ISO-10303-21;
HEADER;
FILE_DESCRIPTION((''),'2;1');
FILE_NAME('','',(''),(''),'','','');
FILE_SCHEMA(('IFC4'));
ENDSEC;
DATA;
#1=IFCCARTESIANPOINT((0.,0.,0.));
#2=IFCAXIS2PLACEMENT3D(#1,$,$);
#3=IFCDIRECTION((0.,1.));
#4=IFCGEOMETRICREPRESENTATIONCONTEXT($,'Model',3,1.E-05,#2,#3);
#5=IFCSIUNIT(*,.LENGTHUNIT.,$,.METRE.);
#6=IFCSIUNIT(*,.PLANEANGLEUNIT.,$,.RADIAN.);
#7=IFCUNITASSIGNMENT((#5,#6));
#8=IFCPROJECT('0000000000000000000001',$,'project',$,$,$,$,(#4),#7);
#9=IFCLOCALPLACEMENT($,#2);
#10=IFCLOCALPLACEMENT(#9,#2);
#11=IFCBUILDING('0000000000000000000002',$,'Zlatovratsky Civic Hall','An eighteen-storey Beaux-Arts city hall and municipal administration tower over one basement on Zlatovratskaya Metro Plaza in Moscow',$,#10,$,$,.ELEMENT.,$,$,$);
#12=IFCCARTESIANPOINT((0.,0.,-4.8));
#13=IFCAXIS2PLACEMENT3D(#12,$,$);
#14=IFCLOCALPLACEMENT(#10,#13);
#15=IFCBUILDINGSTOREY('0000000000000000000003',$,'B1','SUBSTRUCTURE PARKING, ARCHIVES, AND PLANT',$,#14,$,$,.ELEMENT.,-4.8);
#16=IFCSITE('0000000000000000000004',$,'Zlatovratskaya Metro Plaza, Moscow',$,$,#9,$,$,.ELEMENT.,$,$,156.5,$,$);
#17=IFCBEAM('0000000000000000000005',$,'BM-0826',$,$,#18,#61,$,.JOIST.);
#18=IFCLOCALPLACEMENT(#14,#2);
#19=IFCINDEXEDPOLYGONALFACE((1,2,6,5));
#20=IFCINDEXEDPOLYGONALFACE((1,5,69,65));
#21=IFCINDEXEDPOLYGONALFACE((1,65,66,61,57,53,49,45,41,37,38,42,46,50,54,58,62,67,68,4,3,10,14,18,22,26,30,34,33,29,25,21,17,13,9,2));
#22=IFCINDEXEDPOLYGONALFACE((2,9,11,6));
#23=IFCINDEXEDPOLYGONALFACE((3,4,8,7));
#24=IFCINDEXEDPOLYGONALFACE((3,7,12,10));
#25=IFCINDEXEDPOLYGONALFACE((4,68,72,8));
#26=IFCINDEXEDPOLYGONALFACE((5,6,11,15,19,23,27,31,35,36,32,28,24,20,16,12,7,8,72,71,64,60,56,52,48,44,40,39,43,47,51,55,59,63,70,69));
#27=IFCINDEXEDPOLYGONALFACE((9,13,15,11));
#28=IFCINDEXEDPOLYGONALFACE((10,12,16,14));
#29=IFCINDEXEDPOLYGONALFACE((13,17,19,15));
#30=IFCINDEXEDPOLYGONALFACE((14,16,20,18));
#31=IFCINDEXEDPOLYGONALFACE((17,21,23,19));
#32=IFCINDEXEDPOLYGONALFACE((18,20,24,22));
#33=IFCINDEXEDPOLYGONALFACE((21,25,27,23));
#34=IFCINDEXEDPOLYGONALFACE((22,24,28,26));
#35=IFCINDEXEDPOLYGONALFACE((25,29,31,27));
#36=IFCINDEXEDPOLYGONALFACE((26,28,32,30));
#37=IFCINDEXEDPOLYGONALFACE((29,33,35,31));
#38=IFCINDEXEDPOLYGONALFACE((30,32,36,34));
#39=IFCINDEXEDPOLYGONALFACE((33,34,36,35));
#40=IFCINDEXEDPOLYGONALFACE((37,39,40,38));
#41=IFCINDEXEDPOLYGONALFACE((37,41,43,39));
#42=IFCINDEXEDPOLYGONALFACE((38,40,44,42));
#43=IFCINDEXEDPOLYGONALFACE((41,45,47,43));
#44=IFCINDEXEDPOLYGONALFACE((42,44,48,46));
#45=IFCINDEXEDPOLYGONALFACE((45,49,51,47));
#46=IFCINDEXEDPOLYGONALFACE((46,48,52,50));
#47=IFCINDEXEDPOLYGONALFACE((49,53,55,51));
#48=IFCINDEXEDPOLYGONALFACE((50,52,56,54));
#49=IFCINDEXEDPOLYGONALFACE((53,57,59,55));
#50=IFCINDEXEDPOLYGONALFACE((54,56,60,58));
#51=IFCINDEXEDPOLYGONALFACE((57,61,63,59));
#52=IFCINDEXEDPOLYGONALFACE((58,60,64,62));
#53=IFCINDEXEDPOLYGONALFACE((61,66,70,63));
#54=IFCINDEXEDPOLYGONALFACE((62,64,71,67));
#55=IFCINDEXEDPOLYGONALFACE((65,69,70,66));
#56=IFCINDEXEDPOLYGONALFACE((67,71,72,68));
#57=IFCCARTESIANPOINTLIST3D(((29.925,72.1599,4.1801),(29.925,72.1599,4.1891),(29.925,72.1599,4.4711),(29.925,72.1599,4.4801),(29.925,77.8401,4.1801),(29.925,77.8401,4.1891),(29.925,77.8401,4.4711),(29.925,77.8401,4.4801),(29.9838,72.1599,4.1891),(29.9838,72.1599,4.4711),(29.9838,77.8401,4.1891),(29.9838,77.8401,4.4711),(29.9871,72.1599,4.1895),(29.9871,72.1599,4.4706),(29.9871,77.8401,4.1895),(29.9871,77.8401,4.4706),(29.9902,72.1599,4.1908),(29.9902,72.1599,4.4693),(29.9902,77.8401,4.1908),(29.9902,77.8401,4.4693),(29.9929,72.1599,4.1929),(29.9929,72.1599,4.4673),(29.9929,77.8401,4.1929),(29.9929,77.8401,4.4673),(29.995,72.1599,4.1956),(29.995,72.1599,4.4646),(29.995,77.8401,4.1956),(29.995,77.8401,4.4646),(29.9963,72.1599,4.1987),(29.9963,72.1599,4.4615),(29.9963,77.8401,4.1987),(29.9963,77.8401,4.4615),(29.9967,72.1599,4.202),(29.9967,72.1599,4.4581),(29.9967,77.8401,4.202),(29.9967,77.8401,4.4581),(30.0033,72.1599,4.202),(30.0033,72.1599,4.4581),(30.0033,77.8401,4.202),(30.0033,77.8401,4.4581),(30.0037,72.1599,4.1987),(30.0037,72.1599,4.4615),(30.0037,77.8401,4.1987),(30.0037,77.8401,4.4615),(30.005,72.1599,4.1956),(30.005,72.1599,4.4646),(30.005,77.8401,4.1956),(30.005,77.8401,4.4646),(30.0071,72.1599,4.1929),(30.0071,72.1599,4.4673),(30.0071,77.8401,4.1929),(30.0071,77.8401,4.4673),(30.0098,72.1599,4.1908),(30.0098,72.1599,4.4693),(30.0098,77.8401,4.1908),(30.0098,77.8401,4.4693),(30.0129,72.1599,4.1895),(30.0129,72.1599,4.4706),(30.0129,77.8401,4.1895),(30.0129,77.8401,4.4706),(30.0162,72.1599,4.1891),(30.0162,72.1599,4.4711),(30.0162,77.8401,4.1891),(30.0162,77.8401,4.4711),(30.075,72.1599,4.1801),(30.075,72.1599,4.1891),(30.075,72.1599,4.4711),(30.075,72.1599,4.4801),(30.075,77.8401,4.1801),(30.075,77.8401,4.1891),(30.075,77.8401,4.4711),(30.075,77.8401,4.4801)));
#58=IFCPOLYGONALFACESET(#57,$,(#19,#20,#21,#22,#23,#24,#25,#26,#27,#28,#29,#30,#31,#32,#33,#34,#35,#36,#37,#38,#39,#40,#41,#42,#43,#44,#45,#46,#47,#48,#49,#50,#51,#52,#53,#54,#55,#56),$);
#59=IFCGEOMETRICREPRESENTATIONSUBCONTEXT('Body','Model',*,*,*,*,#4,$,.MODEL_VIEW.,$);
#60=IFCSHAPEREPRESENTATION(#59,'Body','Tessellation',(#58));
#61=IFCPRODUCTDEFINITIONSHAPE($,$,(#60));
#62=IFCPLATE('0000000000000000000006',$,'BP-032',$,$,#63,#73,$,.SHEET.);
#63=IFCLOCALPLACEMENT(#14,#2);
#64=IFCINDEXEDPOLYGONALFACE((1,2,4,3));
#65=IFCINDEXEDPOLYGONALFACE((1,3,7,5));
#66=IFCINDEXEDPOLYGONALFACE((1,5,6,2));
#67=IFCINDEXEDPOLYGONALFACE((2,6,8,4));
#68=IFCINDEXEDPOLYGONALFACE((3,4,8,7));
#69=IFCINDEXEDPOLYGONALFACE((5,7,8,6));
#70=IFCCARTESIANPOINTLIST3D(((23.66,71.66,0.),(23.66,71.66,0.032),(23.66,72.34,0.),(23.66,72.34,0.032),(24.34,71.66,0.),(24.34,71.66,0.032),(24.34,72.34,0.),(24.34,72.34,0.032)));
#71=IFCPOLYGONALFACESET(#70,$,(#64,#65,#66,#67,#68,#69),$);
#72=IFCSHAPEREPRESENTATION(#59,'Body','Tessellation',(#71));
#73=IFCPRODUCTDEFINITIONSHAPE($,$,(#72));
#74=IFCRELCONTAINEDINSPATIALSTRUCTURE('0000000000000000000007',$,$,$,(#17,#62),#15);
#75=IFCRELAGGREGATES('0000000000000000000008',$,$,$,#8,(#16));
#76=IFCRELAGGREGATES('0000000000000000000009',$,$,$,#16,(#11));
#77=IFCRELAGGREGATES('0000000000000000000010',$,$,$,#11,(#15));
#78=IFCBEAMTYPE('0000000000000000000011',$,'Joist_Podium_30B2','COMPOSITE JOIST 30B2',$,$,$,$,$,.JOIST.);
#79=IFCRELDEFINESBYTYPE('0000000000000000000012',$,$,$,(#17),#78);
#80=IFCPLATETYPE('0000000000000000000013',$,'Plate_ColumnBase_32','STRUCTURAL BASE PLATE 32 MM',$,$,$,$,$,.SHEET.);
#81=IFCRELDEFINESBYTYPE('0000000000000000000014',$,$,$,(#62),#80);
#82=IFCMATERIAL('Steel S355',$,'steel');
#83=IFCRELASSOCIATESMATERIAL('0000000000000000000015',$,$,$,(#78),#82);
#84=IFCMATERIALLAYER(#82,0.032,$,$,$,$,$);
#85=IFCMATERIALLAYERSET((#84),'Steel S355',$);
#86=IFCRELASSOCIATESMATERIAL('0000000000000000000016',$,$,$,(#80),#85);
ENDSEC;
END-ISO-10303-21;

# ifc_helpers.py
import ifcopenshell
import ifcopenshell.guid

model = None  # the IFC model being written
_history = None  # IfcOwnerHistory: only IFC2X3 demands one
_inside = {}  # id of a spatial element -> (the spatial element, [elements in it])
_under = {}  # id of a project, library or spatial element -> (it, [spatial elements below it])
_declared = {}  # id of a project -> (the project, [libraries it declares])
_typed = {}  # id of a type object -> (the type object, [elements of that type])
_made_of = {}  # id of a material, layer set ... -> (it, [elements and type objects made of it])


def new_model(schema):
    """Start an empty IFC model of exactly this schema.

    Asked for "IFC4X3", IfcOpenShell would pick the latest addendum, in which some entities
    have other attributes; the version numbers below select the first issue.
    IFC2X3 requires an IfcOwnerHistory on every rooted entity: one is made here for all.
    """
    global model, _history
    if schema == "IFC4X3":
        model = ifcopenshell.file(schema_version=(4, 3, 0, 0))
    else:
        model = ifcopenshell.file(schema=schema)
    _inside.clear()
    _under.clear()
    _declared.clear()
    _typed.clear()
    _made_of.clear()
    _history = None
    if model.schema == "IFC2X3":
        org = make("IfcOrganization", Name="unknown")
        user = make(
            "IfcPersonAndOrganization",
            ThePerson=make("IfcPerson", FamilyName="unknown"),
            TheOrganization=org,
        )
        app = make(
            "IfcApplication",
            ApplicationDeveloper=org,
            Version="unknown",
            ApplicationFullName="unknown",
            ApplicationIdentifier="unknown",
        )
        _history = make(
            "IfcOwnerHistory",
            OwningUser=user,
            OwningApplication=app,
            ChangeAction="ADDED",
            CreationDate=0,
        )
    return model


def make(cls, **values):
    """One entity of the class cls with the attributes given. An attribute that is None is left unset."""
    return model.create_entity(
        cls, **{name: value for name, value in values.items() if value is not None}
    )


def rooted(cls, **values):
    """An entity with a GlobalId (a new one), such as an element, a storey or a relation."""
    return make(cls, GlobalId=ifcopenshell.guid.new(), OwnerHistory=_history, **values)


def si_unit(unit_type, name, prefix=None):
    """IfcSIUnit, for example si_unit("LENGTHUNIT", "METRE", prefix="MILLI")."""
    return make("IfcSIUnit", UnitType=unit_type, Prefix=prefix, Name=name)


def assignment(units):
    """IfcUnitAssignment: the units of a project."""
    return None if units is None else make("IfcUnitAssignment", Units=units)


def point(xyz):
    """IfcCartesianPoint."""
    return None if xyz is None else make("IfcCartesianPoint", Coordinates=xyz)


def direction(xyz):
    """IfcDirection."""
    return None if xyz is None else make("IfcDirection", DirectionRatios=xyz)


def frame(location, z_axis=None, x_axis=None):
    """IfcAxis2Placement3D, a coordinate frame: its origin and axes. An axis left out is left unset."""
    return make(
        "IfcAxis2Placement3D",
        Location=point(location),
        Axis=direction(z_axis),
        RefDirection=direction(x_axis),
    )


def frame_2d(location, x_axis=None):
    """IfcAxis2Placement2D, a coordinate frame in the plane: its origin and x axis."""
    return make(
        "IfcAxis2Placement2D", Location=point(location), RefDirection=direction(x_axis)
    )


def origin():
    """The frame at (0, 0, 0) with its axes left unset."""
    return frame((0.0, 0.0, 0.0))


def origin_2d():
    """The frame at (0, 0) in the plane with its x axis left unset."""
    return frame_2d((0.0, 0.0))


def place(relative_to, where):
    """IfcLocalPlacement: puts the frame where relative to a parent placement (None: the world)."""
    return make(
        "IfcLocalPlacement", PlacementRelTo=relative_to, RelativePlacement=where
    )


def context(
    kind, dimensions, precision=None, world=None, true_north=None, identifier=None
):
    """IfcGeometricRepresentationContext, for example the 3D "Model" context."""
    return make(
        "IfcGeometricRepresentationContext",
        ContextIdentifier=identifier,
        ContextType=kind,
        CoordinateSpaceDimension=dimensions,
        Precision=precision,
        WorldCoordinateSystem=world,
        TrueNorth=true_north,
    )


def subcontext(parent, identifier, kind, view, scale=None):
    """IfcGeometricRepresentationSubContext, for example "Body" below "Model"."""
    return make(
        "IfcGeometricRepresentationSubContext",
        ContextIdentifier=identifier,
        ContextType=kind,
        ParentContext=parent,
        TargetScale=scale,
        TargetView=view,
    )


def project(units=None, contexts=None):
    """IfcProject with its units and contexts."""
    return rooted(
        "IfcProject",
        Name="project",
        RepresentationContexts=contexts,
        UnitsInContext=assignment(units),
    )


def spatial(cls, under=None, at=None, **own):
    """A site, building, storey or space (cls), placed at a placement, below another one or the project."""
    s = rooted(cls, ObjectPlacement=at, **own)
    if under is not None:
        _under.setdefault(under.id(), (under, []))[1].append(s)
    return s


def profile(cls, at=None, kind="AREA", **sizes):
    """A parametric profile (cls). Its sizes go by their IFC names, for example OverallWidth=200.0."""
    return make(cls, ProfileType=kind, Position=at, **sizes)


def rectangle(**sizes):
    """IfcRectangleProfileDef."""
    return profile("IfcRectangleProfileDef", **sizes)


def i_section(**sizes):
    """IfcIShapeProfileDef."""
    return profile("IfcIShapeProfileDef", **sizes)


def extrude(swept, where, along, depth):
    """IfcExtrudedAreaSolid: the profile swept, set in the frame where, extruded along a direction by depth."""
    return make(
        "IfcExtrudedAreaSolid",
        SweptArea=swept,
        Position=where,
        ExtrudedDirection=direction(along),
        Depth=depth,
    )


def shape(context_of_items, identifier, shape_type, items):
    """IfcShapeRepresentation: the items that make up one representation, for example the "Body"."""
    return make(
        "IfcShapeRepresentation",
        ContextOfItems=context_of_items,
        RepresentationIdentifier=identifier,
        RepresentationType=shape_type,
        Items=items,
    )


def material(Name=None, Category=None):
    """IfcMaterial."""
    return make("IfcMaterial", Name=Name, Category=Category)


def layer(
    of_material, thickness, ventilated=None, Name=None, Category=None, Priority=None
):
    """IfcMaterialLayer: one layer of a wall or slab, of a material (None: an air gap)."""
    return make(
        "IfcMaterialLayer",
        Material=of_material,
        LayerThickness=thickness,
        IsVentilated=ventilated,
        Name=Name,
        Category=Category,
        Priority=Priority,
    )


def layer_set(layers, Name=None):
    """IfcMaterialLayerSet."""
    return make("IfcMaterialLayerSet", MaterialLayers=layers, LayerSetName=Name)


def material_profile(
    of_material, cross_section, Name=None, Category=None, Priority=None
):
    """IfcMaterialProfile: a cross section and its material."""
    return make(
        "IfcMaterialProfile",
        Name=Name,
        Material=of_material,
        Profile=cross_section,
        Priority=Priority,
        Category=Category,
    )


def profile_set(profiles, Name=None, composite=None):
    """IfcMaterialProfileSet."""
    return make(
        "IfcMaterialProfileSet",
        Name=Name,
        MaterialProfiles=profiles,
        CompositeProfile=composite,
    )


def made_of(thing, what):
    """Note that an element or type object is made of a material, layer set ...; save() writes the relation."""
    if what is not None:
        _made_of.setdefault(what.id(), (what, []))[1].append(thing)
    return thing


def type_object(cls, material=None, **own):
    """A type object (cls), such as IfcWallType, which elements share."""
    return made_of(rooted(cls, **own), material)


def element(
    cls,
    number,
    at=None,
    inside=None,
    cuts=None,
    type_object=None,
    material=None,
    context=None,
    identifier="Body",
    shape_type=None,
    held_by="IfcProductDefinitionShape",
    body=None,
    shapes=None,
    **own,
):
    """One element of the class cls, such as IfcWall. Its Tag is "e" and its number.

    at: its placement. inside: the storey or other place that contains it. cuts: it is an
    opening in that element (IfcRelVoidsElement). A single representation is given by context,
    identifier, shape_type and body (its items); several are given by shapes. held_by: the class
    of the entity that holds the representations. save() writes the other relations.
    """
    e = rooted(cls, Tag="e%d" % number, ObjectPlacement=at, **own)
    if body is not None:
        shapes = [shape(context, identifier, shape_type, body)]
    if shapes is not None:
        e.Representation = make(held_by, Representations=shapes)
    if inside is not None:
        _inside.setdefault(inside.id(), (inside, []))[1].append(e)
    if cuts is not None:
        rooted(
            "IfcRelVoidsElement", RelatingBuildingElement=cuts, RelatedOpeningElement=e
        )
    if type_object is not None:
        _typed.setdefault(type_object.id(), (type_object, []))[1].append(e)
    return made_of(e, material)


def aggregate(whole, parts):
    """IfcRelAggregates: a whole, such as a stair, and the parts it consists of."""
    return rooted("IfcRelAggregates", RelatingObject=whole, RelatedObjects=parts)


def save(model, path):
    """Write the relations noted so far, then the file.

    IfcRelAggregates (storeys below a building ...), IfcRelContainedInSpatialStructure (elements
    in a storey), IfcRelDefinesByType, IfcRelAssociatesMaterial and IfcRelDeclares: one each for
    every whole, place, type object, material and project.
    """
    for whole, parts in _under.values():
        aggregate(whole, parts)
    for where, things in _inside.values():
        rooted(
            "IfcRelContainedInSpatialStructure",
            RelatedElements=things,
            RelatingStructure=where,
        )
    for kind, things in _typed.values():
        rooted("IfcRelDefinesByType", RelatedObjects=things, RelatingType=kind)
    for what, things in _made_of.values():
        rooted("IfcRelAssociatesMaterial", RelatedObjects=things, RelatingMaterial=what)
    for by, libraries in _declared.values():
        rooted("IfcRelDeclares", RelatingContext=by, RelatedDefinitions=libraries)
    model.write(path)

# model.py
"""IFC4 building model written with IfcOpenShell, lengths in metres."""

from ifc_helpers import new_model, si_unit, direction, frame, origin, origin_2d, place, context, subcontext, project, spatial, rectangle, i_section, extrude, material, layer, layer_set, material_profile, profile_set, type_object, element, save


model = new_model("IFC4")

# Units and contexts
model_context = context("Model", 3, precision=1e-05, world=origin(), true_north=direction((0.0, 1.0)))
body_context = subcontext(model_context, "Body", "Model", "MODEL_VIEW")
ifc_project = project(units=[si_unit("LENGTHUNIT", "METRE"), si_unit("PLANEANGLEUNIT", "RADIAN")], contexts=[model_context])

# Site, building, storey
site_placement = place(None, origin())
site = spatial("IfcSite", under=ifc_project, at=site_placement, Name="Zlatovratskaya Metro Plaza, Moscow", CompositionType="ELEMENT", RefElevation=156.5)
building_placement = place(site_placement, origin())
building = spatial("IfcBuilding", under=site, at=building_placement, Name="Zlatovratsky Civic Hall", Description="An eighteen-storey Beaux-Arts city hall and municipal administration tower over one basement on Zlatovratskaya Metro Plaza in Moscow", CompositionType="ELEMENT")
storey_placement = place(building_placement, frame((0.0, 0.0, -4.8)))
storey = spatial("IfcBuildingStorey", under=building, at=storey_placement, Name="B1", Description="SUBSTRUCTURE PARKING, ARCHIVES, AND PLANT", CompositionType="ELEMENT", Elevation=-4.8)

# Shared definitions
ifc_material_1 = material(Name="Steel S355", Category="steel")

# Beam
ifc_material_profile_1 = material_profile(ifc_material_1, i_section(OverallWidth=0.1499, OverallDepth=0.3, WebThickness=0.0066, FlangeThickness=0.009, FilletRadius=0.0129, at=origin_2d()), Name="30B2")
ifc_profile_set_1 = profile_set([ifc_material_profile_1], Name="Steel S355")
beam_type_1 = type_object("IfcBeamType", Name="Joist_Podium_30B2", Description="COMPOSITE JOIST 30B2", PredefinedType="JOIST", material=ifc_profile_set_1)
for number, where, z_axis, x_axis, name in (
    (1, (30.0, 72.1599, 4.3301), (0.0, 1.0, 0.0), (-1.0, 0.0, 0.0), "BM-0826"),
):
    element("IfcBeam", number, at=place(storey_placement, frame(where, z_axis=z_axis, x_axis=x_axis)), inside=storey, type_object=beam_type_1, Name=name, PredefinedType="JOIST", context=body_context, shape_type="SweptSolid", body=[
        extrude(i_section(OverallWidth=0.1499, OverallDepth=0.3, WebThickness=0.0066, FlangeThickness=0.009, FilletRadius=0.0129, at=origin_2d()), origin(), (0.0, 0.0, 1.0), 5.6802),
    ])

# Plate
ifc_layer = layer(ifc_material_1, 0.032)
ifc_layer_set = layer_set([ifc_layer], Name="Steel S355")
plate_type = type_object("IfcPlateType", Name="Plate_ColumnBase_32", Description="STRUCTURAL BASE PLATE 32 MM", PredefinedType="SHEET", material=ifc_layer_set)
plate_placement = place(storey_placement, frame((24.0, 72.0, 0.0), z_axis=(0.0, 0.0, 1.0), x_axis=(1.0, 0.0, 0.0)))
element("IfcPlate", 2, at=plate_placement, inside=storey, type_object=plate_type, Name="BP-032", PredefinedType="SHEET", context=body_context, shape_type="SweptSolid", body=[
    extrude(rectangle(XDim=0.6799, YDim=0.6799, at=origin_2d()), origin(), (0.0, 0.0, 1.0), 0.032),
])

save(model, "model.ifc")
